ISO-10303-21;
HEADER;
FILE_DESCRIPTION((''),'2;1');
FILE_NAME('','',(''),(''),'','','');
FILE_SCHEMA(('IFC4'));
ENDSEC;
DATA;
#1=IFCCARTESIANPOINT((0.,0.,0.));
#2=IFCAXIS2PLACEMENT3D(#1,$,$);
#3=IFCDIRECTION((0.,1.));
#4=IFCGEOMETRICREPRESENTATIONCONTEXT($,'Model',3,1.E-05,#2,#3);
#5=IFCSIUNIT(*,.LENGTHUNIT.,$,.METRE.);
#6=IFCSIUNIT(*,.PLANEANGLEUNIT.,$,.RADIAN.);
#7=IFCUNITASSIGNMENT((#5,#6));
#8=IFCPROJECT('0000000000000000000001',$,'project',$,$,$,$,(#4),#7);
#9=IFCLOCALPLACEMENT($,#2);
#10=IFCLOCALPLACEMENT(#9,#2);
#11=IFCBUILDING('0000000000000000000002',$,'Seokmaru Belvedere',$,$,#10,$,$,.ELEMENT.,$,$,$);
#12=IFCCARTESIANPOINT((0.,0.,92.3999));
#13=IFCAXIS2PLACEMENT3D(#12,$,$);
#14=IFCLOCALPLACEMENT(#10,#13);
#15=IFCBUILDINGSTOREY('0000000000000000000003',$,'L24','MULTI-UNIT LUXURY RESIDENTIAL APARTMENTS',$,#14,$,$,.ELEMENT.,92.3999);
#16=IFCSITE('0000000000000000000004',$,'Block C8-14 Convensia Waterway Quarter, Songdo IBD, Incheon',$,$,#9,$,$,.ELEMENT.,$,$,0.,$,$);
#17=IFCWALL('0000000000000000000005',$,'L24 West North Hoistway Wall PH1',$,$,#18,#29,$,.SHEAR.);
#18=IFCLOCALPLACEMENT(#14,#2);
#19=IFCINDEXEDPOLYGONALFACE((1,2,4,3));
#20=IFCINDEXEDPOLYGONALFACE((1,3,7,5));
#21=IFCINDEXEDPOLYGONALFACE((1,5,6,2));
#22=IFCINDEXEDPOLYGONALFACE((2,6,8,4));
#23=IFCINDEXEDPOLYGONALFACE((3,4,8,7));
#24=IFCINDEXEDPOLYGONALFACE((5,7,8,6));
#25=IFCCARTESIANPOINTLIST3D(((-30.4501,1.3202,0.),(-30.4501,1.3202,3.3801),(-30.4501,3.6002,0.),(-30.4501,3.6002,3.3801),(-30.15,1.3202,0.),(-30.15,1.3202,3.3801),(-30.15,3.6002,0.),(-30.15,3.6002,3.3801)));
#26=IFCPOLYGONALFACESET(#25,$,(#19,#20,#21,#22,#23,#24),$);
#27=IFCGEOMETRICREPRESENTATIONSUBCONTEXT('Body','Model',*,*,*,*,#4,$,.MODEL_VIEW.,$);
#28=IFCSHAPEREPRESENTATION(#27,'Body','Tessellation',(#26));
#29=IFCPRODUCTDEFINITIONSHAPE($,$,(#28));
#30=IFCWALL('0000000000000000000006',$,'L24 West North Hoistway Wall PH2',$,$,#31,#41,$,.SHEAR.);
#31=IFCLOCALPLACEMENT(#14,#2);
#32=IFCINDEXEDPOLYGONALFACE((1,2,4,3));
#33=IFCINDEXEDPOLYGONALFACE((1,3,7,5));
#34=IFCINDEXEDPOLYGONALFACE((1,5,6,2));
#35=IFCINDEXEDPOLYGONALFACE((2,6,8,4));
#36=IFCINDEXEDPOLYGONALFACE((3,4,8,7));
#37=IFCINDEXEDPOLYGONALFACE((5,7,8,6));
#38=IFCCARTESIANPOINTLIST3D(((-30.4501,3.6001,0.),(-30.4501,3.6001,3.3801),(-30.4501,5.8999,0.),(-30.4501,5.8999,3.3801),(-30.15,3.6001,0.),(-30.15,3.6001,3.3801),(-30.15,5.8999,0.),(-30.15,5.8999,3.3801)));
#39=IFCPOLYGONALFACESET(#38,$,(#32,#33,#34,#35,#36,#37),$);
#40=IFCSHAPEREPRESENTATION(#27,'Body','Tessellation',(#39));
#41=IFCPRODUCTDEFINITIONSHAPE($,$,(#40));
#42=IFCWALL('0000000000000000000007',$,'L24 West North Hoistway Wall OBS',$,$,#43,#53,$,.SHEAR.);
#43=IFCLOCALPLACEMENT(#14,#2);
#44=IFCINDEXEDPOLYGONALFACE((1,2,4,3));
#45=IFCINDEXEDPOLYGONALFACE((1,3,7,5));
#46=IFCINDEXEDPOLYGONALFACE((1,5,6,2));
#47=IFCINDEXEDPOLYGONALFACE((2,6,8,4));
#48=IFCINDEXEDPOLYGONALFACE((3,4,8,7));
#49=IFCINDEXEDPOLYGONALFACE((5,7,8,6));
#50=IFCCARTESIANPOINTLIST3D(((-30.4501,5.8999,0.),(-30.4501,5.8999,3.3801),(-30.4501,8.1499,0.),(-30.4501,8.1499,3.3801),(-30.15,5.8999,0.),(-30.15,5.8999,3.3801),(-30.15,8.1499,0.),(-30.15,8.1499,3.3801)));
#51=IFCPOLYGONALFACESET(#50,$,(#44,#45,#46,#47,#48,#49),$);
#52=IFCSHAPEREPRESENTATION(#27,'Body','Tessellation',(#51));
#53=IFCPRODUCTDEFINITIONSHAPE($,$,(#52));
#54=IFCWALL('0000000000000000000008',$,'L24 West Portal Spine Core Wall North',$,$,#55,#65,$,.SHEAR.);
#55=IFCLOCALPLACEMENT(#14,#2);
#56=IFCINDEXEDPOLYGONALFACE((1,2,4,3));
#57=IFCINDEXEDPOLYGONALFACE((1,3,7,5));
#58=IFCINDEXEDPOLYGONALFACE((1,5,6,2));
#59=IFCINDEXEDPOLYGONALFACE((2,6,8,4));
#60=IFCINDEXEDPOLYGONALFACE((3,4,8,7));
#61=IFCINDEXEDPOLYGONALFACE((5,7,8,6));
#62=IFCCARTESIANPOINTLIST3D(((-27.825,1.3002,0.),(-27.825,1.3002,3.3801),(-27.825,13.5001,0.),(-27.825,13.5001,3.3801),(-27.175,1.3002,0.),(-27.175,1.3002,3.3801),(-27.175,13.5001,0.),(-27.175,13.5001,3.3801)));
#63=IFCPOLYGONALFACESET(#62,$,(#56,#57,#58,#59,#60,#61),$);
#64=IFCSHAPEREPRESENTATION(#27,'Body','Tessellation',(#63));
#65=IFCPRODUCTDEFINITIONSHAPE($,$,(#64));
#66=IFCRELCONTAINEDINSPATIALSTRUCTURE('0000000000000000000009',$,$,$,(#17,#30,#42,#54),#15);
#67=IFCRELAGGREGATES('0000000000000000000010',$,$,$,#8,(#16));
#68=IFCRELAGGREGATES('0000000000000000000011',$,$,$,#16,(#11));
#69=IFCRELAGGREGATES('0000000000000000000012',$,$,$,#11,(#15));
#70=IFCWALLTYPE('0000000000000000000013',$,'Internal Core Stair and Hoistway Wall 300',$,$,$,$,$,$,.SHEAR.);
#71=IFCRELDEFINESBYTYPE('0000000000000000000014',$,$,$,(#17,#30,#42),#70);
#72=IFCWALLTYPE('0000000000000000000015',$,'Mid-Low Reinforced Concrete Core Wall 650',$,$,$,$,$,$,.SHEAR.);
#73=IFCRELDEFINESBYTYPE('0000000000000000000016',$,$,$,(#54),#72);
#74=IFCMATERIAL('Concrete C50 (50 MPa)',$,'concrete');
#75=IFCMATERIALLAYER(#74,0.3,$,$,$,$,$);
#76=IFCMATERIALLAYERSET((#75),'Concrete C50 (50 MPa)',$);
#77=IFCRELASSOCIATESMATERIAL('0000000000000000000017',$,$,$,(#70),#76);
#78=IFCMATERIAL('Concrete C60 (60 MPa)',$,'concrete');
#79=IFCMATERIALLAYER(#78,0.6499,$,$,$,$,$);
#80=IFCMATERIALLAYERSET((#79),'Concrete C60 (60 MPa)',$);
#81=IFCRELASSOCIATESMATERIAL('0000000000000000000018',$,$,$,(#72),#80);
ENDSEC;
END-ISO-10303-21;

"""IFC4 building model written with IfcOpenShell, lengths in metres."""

from ifc_helpers import new_model, si_unit, direction, frame, frame_2d, origin, place, context, subcontext, project, spatial, rectangle, extrude, material, layer, layer_set, type_object, element, save


model = new_model("IFC4")

# Units and contexts
model_context = context("Model", 3, precision=1e-05, world=origin(), true_north=direction((0.0, 1.0)))
body_context = subcontext(model_context, "Body", "Model", "MODEL_VIEW")
ifc_project = project(units=[si_unit("LENGTHUNIT", "METRE"), si_unit("PLANEANGLEUNIT", "RADIAN")], contexts=[model_context])

# Site, building, storey
site_placement = place(None, origin())
site = spatial("IfcSite", under=ifc_project, at=site_placement, Name="Block C8-14 Convensia Waterway Quarter, Songdo IBD, Incheon", CompositionType="ELEMENT", RefElevation=0.0)
building_placement = place(site_placement, origin())
building = spatial("IfcBuilding", under=site, at=building_placement, Name="Seokmaru Belvedere", CompositionType="ELEMENT")
storey_placement = place(building_placement, frame((0.0, 0.0, 92.3999)))
storey = spatial("IfcBuildingStorey", under=building, at=storey_placement, Name="L24", Description="MULTI-UNIT LUXURY RESIDENTIAL APARTMENTS", CompositionType="ELEMENT", Elevation=92.3999)

# Walls
ifc_material_1 = material(Name="Concrete C50 (50 MPa)", Category="concrete")
ifc_layer_1 = layer(ifc_material_1, 0.3)
ifc_layer_set_1 = layer_set([ifc_layer_1], Name="Concrete C50 (50 MPa)")
wall_type_1 = type_object("IfcWallType", Name="Internal Core Stair and Hoistway Wall 300", PredefinedType="SHEAR", material=ifc_layer_set_1)
wall_1_placement = place(storey_placement, frame((-30.3, 1.3201, 0.0), z_axis=(0.0, 0.0, 1.0), x_axis=(0.0, 1.0, 0.0)))
element("IfcWall", 1, at=wall_1_placement, inside=storey, type_object=wall_type_1, Name="L24 West North Hoistway Wall PH1", PredefinedType="SHEAR", context=body_context, shape_type="SweptSolid", body=[
    extrude(rectangle(XDim=2.28, YDim=0.3, at=frame_2d((1.1401, 0.0))), origin(), (0.0, 0.0, 1.0), 3.3801),
])
wall_2_placement = place(storey_placement, frame((-30.3, 3.6001, 0.0), z_axis=(0.0, 0.0, 1.0), x_axis=(0.0, 1.0, 0.0)))
element("IfcWall", 2, at=wall_2_placement, inside=storey, type_object=wall_type_1, Name="L24 West North Hoistway Wall PH2", PredefinedType="SHEAR", context=body_context, shape_type="SweptSolid", body=[
    extrude(rectangle(XDim=2.2998, YDim=0.3, at=frame_2d((1.1499, 0.0))), origin(), (0.0, 0.0, 1.0), 3.3801),
])
wall_3_placement = place(storey_placement, frame((-30.3, 5.8999, 0.0), z_axis=(0.0, 0.0, 1.0), x_axis=(0.0, 1.0, 0.0)))
element("IfcWall", 3, at=wall_3_placement, inside=storey, type_object=wall_type_1, Name="L24 West North Hoistway Wall OBS", PredefinedType="SHEAR", context=body_context, shape_type="SweptSolid", body=[
    extrude(rectangle(XDim=2.25, YDim=0.3, at=frame_2d((1.125, 0.0))), origin(), (0.0, 0.0, 1.0), 3.3801),
])
ifc_material_2 = material(Name="Concrete C60 (60 MPa)", Category="concrete")
ifc_layer_2 = layer(ifc_material_2, 0.6499)
ifc_layer_set_2 = layer_set([ifc_layer_2], Name="Concrete C60 (60 MPa)")
wall_type_2 = type_object("IfcWallType", Name="Mid-Low Reinforced Concrete Core Wall 650", PredefinedType="SHEAR", material=ifc_layer_set_2)
wall_4_placement = place(storey_placement, frame((-27.5, 1.3, 0.0), z_axis=(0.0, 0.0, 1.0), x_axis=(0.0, 1.0, 0.0)))
element("IfcWall", 4, at=wall_4_placement, inside=storey, type_object=wall_type_2, Name="L24 West Portal Spine Core Wall North", PredefinedType="SHEAR", context=body_context, shape_type="SweptSolid", body=[
    extrude(rectangle(XDim=12.2, YDim=0.6499, at=frame_2d((6.1001, 0.0))), origin(), (0.0, 0.0, 1.0), 3.3801),
])

save(model, "model.ifc")
